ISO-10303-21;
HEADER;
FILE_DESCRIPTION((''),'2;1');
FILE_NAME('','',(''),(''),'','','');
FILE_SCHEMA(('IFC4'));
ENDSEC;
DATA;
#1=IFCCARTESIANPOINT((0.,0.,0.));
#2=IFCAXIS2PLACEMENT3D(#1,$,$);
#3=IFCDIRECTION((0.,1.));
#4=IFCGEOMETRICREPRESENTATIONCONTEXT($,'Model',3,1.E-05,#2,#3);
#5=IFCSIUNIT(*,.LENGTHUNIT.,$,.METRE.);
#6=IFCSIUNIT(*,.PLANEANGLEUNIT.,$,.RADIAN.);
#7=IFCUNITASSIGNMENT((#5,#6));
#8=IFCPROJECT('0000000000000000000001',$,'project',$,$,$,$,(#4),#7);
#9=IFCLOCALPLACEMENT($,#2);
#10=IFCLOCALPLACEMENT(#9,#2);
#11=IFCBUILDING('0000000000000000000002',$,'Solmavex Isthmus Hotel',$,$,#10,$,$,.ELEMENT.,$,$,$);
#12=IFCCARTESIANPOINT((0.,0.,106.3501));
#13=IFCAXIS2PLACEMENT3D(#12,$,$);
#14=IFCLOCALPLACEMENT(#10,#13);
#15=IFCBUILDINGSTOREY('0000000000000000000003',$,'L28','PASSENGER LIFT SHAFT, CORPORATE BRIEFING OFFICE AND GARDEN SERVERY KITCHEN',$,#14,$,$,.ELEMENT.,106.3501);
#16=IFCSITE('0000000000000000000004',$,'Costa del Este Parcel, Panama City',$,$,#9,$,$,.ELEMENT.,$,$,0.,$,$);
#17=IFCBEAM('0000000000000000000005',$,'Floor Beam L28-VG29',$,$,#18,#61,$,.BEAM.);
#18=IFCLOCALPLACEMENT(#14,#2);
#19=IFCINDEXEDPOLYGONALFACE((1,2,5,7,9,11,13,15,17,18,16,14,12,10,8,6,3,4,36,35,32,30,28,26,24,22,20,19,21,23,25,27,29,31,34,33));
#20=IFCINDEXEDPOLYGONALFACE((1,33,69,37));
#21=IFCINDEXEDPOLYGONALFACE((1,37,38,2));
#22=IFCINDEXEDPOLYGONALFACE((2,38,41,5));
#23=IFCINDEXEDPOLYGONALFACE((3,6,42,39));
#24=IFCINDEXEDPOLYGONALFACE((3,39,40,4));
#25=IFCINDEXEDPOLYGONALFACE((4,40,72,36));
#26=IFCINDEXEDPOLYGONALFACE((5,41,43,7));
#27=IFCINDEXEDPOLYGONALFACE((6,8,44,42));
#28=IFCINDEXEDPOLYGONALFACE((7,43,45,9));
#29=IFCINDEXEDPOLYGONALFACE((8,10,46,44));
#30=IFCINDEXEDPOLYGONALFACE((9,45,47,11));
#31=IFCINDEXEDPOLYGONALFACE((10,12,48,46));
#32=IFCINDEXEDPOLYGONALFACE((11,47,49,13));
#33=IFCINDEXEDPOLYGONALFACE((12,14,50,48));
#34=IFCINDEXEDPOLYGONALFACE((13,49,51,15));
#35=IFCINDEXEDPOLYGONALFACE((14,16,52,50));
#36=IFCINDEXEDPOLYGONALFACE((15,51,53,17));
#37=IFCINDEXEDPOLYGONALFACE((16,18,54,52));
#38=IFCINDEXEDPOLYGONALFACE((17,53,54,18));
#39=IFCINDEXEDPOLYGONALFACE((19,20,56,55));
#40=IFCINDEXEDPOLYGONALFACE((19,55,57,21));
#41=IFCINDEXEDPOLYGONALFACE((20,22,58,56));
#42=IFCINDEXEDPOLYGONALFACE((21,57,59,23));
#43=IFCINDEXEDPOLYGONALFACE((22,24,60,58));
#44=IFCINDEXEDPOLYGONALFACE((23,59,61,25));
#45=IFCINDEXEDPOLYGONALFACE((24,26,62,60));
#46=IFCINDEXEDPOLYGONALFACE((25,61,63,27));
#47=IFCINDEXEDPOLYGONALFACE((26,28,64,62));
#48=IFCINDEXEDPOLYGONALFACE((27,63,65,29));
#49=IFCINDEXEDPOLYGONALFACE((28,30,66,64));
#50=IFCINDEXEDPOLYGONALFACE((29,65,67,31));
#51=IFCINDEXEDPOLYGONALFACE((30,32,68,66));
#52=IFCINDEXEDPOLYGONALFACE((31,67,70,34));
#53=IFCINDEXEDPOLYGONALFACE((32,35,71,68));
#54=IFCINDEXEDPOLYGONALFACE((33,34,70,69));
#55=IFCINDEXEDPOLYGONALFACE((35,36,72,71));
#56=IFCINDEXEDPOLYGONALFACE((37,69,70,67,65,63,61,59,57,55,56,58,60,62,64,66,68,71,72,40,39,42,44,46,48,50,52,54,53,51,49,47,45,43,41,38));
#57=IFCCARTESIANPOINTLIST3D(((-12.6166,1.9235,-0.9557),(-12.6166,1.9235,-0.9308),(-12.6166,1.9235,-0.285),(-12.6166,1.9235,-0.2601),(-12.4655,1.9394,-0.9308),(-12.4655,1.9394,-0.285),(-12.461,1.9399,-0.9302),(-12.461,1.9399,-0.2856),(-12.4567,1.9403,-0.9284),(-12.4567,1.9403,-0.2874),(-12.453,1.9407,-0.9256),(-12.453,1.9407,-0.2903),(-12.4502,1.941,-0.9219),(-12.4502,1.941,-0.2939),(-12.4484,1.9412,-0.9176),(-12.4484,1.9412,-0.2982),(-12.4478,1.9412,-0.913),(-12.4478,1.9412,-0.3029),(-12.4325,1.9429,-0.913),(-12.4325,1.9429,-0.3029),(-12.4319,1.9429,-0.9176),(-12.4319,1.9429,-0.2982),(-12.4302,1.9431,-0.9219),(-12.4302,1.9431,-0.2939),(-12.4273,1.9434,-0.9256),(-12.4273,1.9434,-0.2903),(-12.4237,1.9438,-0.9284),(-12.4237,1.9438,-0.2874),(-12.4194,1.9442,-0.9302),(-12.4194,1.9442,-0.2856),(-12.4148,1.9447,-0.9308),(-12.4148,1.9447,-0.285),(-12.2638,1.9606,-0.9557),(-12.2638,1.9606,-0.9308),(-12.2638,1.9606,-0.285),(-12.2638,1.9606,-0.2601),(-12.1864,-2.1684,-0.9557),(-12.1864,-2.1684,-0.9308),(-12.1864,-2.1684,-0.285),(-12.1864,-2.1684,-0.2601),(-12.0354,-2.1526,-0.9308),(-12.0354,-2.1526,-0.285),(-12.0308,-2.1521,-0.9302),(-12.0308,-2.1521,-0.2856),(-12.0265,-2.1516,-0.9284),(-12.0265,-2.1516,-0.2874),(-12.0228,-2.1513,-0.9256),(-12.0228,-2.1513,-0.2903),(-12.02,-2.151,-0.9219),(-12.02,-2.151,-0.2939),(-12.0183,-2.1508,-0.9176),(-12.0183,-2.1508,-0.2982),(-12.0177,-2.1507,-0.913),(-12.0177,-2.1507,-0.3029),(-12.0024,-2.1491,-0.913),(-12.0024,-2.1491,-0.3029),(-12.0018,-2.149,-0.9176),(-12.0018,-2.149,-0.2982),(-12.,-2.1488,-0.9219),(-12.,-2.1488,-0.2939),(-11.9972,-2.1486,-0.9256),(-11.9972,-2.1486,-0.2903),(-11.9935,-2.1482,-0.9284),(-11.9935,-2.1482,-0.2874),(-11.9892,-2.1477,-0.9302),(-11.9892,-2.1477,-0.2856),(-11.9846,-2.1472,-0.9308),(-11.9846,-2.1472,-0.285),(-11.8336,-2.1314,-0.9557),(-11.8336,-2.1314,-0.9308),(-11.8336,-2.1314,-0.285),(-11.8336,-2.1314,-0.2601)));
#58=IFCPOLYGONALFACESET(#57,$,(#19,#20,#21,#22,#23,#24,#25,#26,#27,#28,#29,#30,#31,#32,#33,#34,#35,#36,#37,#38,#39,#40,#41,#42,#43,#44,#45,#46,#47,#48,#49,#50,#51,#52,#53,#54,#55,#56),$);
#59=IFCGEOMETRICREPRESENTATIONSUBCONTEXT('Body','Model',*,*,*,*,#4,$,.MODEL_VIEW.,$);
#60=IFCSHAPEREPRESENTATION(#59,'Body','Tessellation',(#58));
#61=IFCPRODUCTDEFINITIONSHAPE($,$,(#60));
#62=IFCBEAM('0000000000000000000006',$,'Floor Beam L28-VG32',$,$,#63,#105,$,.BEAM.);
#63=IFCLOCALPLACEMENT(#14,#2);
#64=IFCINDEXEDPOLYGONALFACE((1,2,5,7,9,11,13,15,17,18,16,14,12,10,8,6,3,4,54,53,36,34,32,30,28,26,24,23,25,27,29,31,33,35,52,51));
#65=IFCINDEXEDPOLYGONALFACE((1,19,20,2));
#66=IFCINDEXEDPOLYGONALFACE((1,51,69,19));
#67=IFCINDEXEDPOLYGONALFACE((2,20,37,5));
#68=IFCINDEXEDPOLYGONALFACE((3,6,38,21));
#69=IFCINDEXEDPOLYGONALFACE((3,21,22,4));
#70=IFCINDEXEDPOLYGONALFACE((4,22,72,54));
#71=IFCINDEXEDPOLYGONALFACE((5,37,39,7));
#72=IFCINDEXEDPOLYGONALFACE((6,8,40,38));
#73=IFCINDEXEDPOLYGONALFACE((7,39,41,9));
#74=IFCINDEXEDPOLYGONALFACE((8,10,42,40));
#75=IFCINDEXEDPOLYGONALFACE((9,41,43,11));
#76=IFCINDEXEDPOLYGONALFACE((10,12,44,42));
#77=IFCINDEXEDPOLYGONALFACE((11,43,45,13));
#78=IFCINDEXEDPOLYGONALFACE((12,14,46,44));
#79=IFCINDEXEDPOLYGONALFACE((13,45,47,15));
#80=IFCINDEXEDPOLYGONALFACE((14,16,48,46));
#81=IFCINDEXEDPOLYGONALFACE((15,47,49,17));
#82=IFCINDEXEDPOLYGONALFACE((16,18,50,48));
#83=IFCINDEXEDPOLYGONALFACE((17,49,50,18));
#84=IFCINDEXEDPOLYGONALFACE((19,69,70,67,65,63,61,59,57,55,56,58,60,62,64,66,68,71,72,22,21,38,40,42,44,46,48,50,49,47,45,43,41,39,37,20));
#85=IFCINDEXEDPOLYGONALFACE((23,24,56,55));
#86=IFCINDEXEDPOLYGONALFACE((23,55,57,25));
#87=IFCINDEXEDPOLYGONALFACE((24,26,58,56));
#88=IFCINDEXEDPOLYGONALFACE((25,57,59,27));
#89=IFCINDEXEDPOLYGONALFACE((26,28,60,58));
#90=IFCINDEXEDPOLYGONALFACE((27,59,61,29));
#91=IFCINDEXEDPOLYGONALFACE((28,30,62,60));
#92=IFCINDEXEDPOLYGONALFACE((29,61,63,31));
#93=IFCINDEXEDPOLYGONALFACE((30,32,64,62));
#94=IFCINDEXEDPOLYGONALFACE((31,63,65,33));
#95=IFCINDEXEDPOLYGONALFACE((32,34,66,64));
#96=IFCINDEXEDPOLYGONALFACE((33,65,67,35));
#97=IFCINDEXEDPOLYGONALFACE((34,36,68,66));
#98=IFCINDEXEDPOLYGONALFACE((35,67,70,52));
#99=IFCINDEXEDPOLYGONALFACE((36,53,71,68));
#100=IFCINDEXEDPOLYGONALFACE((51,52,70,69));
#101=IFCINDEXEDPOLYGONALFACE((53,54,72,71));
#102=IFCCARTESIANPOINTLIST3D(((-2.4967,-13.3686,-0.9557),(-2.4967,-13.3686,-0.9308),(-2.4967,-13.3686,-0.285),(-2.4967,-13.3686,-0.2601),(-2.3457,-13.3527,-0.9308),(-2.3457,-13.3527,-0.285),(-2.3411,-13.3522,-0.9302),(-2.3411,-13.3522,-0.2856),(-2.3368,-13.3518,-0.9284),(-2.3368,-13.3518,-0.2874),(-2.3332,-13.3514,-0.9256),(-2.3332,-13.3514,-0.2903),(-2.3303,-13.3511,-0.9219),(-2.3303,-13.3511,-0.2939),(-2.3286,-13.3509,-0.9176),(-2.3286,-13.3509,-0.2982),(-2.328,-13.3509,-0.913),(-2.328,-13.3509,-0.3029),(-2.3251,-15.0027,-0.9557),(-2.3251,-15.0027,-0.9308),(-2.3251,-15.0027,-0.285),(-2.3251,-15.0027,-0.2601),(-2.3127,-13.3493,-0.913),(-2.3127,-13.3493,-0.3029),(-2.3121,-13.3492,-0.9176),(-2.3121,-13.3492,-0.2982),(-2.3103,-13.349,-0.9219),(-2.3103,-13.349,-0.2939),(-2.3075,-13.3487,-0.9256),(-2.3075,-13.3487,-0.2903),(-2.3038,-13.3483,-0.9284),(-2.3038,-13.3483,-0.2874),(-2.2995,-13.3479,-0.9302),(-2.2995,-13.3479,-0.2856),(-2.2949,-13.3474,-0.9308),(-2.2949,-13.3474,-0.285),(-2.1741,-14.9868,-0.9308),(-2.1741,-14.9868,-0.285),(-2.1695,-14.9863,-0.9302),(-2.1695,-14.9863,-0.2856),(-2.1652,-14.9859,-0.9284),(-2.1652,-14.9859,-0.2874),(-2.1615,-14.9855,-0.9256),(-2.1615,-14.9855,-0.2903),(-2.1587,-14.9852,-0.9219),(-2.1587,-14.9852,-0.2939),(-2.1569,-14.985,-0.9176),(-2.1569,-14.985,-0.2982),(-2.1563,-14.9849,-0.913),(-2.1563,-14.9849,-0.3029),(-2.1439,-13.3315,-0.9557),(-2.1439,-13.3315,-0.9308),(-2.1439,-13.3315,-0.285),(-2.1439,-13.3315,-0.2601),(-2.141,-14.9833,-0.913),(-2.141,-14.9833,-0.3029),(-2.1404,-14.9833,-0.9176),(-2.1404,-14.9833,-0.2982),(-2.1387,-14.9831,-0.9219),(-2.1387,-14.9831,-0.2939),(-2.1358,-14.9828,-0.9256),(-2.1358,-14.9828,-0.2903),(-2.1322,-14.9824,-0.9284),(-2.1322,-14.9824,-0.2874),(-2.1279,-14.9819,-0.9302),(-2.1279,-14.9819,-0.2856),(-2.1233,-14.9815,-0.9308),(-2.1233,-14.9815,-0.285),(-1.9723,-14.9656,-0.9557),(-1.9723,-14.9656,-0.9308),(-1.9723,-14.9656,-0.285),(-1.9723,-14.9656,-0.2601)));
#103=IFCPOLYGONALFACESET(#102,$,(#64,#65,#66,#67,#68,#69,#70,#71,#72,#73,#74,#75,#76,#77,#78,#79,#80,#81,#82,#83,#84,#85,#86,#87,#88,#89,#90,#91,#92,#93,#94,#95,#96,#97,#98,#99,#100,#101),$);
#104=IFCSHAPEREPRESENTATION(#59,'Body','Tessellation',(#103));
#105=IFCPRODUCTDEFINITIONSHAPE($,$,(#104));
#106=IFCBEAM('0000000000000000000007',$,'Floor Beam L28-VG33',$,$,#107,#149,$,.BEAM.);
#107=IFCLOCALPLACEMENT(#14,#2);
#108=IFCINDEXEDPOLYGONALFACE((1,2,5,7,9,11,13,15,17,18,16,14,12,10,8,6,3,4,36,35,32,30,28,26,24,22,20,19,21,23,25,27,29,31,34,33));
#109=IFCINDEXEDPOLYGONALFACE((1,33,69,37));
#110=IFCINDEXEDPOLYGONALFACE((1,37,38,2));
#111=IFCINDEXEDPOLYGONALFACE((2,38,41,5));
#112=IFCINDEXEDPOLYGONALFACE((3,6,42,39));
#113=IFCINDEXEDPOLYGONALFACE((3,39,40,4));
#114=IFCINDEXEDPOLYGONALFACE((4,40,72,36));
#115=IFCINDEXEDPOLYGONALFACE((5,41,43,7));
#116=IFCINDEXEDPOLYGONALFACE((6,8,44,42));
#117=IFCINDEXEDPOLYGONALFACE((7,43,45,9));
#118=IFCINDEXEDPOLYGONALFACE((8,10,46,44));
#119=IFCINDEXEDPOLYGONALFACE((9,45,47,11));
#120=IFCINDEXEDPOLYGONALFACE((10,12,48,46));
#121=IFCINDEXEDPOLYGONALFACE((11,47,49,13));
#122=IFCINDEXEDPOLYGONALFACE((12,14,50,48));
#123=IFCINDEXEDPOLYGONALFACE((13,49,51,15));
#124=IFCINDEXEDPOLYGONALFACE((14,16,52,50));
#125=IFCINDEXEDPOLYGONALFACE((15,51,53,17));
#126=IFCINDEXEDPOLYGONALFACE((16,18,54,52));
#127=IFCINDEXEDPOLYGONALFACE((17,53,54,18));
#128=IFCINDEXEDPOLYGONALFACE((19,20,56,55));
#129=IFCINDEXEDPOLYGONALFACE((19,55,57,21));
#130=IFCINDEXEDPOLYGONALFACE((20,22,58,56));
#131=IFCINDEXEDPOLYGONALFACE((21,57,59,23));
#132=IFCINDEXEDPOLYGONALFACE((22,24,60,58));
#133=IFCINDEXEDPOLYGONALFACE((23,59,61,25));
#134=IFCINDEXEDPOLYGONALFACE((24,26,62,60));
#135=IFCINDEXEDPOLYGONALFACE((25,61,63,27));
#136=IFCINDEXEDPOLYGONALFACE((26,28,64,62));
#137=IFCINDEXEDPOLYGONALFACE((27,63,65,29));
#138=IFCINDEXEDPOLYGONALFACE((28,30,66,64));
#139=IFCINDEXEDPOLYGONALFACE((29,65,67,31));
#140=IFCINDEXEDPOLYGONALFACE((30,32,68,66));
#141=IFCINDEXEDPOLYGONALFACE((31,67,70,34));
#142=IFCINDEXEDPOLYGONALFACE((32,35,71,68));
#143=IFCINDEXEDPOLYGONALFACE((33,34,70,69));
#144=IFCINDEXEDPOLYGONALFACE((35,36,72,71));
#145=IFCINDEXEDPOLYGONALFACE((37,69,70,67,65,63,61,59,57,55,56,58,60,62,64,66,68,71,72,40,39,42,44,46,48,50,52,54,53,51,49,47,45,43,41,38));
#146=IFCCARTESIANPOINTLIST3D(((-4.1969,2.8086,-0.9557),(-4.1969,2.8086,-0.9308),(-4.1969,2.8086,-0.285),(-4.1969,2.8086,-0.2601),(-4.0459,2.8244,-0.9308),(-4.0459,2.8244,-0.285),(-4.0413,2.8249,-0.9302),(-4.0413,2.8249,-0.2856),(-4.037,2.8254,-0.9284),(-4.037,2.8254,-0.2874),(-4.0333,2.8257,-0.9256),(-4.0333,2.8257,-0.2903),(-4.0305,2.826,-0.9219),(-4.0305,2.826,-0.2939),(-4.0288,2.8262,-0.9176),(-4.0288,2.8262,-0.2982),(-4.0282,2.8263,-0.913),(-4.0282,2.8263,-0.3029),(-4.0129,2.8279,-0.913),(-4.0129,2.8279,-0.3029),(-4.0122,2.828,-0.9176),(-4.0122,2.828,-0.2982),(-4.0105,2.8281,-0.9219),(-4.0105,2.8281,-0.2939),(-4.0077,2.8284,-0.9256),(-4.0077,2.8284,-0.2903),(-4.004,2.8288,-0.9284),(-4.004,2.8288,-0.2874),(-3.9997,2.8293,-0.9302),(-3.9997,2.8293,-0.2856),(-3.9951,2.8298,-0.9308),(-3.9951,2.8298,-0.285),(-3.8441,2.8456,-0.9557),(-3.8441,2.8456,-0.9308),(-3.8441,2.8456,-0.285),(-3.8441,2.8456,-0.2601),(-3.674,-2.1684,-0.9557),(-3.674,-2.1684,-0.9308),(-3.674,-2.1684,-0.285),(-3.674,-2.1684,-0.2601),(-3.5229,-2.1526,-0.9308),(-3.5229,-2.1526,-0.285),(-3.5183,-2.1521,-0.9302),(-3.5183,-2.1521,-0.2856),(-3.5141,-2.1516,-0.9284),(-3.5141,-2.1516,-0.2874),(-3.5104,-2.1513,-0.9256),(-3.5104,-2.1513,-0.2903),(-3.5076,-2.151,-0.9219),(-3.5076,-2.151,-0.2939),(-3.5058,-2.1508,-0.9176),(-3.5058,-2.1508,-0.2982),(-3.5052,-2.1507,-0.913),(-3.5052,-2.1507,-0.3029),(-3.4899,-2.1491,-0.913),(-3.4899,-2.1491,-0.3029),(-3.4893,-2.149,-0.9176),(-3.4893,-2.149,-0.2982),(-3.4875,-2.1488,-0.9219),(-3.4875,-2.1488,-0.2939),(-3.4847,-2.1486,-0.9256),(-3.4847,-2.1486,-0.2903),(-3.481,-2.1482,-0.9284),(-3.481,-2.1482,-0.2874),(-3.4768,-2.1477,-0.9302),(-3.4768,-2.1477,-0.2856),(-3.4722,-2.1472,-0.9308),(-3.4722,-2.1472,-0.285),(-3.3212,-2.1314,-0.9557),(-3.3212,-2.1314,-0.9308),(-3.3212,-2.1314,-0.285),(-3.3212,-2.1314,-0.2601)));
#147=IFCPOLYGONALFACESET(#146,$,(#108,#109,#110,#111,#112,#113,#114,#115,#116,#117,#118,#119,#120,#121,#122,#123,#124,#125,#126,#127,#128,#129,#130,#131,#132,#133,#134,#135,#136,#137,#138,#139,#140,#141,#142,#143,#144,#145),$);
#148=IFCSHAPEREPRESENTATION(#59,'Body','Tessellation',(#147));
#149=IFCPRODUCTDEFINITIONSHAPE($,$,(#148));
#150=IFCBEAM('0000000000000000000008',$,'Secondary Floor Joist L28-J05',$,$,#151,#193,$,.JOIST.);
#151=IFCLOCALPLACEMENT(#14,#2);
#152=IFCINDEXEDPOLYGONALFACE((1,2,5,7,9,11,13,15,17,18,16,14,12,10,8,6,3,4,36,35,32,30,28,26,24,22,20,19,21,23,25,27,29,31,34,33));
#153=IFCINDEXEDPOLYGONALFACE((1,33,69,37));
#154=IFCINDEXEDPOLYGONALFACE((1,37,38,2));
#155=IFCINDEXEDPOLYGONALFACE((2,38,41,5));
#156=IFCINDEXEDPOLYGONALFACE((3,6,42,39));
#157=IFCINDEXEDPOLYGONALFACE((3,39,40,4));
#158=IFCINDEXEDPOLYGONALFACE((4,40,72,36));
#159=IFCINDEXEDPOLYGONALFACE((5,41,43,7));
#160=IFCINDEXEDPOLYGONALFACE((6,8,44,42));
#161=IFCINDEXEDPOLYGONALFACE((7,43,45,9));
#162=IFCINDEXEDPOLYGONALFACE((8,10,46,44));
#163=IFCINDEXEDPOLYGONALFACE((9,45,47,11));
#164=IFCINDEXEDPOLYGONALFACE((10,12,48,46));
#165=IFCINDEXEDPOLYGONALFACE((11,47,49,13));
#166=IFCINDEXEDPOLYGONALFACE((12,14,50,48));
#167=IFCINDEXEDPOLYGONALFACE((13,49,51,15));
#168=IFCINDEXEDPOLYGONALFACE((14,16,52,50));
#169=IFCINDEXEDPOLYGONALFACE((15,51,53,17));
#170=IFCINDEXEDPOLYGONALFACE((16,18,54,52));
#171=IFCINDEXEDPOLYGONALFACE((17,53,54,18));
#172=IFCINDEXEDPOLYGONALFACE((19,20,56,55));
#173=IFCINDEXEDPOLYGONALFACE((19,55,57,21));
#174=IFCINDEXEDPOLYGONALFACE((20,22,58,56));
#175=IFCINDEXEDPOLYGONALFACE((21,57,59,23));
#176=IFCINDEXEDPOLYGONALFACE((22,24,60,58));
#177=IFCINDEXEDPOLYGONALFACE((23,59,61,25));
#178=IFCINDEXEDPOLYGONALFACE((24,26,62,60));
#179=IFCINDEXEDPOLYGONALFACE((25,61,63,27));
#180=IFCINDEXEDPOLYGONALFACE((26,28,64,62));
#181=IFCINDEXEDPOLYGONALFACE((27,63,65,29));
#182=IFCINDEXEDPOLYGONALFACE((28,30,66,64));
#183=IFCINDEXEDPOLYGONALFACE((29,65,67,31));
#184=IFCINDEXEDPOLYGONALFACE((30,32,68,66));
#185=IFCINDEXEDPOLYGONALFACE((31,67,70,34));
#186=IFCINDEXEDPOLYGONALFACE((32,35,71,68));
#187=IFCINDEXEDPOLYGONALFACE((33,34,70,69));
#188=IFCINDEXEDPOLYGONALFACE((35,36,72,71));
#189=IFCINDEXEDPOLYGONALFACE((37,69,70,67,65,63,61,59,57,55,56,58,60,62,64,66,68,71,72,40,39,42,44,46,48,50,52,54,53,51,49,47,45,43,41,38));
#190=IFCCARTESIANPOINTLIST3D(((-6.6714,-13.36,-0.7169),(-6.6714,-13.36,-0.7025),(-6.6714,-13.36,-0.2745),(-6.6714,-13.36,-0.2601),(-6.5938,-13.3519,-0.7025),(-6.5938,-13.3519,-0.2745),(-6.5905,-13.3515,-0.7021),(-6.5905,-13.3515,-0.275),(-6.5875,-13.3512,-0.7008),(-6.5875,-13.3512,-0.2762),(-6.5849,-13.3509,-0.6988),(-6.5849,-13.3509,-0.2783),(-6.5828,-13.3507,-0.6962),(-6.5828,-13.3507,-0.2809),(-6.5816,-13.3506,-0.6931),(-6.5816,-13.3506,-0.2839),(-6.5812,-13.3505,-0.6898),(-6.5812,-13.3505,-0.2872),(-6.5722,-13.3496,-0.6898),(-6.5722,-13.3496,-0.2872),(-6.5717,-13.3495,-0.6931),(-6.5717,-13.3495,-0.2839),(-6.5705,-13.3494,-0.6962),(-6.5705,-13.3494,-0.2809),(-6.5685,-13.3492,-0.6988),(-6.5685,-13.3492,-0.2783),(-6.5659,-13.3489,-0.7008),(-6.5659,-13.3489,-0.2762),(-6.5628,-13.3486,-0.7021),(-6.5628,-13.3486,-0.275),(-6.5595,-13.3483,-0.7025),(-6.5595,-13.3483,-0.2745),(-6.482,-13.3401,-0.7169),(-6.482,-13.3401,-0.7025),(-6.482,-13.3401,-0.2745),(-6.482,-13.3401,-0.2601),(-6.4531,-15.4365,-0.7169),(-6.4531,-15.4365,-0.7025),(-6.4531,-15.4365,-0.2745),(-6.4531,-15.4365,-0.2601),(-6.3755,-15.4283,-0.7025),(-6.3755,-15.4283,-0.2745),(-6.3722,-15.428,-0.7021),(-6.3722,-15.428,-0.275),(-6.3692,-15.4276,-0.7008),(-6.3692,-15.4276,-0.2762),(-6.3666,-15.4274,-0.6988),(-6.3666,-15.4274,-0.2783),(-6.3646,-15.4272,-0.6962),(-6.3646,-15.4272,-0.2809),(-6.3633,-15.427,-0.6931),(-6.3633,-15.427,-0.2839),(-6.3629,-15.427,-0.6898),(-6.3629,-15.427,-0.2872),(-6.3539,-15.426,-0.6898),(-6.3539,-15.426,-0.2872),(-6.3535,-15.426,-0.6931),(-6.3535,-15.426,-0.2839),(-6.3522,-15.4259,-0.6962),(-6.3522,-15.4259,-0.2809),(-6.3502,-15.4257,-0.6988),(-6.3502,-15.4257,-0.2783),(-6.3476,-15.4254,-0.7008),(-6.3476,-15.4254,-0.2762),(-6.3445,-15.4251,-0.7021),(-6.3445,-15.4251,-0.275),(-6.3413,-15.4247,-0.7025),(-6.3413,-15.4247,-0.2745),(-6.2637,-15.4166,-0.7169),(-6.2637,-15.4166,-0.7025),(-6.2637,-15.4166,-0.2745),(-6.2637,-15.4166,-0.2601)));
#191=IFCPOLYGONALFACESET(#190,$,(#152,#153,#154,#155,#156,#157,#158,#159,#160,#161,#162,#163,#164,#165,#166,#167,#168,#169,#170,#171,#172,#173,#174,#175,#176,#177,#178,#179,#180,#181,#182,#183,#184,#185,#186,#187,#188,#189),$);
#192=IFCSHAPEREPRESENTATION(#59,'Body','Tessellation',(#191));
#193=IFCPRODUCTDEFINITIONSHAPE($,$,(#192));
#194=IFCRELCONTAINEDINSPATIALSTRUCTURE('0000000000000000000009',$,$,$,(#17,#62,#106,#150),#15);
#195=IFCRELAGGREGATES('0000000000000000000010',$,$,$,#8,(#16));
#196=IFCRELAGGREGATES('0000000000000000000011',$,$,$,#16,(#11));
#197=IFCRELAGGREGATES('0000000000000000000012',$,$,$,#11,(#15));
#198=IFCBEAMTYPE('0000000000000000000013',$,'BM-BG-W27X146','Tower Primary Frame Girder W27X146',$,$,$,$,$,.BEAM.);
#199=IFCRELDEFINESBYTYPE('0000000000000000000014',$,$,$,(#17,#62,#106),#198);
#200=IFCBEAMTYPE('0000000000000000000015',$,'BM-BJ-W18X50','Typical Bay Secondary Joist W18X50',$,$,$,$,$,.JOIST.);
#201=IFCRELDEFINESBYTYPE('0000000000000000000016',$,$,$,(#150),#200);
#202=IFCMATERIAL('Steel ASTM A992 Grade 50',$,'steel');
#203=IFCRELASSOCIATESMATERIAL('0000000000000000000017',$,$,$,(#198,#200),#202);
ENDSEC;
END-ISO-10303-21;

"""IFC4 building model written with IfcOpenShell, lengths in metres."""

from ifc_helpers import new_model, si_unit, direction, frame, origin, origin_2d, place, context, subcontext, project, spatial, i_section, extrude, material, material_profile, profile_set, type_object, element, save


model = new_model("IFC4")

# Units and contexts
model_context = context("Model", 3, precision=1e-05, world=origin(), true_north=direction((0.0, 1.0)))
body_context = subcontext(model_context, "Body", "Model", "MODEL_VIEW")
ifc_project = project(units=[si_unit("LENGTHUNIT", "METRE"), si_unit("PLANEANGLEUNIT", "RADIAN")], contexts=[model_context])

# Site, building, storey
site_placement = place(None, origin())
site = spatial("IfcSite", under=ifc_project, at=site_placement, Name="Costa del Este Parcel, Panama City", CompositionType="ELEMENT", RefElevation=0.0)
building_placement = place(site_placement, origin())
building = spatial("IfcBuilding", under=site, at=building_placement, Name="Solmavex Isthmus Hotel", CompositionType="ELEMENT")
storey_placement = place(building_placement, frame((0.0, 0.0, 106.3501)))
storey = spatial("IfcBuildingStorey", under=building, at=storey_placement, Name="L28", Description="PASSENGER LIFT SHAFT, CORPORATE BRIEFING OFFICE AND GARDEN SERVERY KITCHEN", CompositionType="ELEMENT", Elevation=106.3501)

# Beams
ifc_material_1 = material(Name="Steel ASTM A992 Grade 50", Category="steel")
ifc_material_profile_1 = material_profile(ifc_material_1, i_section(OverallWidth=0.3547, OverallDepth=0.6956, WebThickness=0.0154, FlangeThickness=0.0249, FilletRadius=0.0178, at=origin_2d()), Name="W27X146")
ifc_profile_set_1 = profile_set([ifc_material_profile_1], Name="Steel ASTM A992 Grade 50")
beam_type_1 = type_object("IfcBeamType", Name="BM-BG-W27X146", Description="Tower Primary Frame Girder W27X146", PredefinedType="BEAM", material=ifc_profile_set_1)
beam_1_placement = place(storey_placement, frame((-12.01, -2.1499, -0.6079), z_axis=(-0.104549, 0.99452, 0.0), x_axis=(-0.99452, -0.104549, 0.0)))
element("IfcBeam", 1, at=beam_1_placement, inside=storey, type_object=beam_type_1, Name="Floor Beam L28-VG29", PredefinedType="BEAM", context=body_context, shape_type="SweptSolid", body=[
    extrude(i_section(OverallWidth=0.3547, OverallDepth=0.6956, WebThickness=0.0154, FlangeThickness=0.0249, FilletRadius=0.0178, at=origin_2d()), origin(), (0.0, 0.0, 1.0), 4.1145),
])
beam_2_placement = place(storey_placement, frame((-2.1487, -14.9841, -0.6079), z_axis=(-0.10446, 0.994529, 0.0), x_axis=(-0.994529, -0.10446, 0.0)))
element("IfcBeam", 2, at=beam_2_placement, inside=storey, type_object=beam_type_1, Name="Floor Beam L28-VG32", PredefinedType="BEAM", context=body_context, shape_type="SweptSolid", body=[
    extrude(i_section(OverallWidth=0.3547, OverallDepth=0.6956, WebThickness=0.0154, FlangeThickness=0.0249, FilletRadius=0.0178, at=origin_2d()), origin(), (0.0, 0.0, 1.0), 1.6431),
])
beam_3_placement = place(storey_placement, frame((-3.4976, -2.1499, -0.6079), z_axis=(-0.104497, 0.994525, 0.0), x_axis=(-0.994525, -0.104497, 0.0)))
element("IfcBeam", 3, at=beam_3_placement, inside=storey, type_object=beam_type_1, Name="Floor Beam L28-VG33", PredefinedType="BEAM", context=body_context, shape_type="SweptSolid", body=[
    extrude(i_section(OverallWidth=0.3547, OverallDepth=0.6956, WebThickness=0.0154, FlangeThickness=0.0249, FilletRadius=0.0178, at=origin_2d()), origin(), (0.0, 0.0, 1.0), 5.0044),
])
ifc_material_profile_2 = material_profile(ifc_material_1, i_section(OverallWidth=0.1904, OverallDepth=0.4568, WebThickness=0.009, FlangeThickness=0.0144, FilletRadius=0.0127, at=origin_2d()), Name="W18X50")
ifc_profile_set_2 = profile_set([ifc_material_profile_2], Name="Steel ASTM A992 Grade 50")
beam_type_2 = type_object("IfcBeamType", Name="BM-BJ-W18X50", Description="Typical Bay Secondary Joist W18X50", PredefinedType="JOIST", material=ifc_profile_set_2)
beam_4_placement = place(storey_placement, frame((-6.3584, -15.4265, -0.4885), z_axis=(-0.104539, 0.994521, 0.0), x_axis=(-0.994521, -0.104539, 0.0)))
element("IfcBeam", 4, at=beam_4_placement, inside=storey, type_object=beam_type_2, Name="Secondary Floor Joist L28-J05", PredefinedType="JOIST", context=body_context, shape_type="SweptSolid", body=[
    extrude(i_section(OverallWidth=0.1904, OverallDepth=0.4568, WebThickness=0.009, FlangeThickness=0.0144, FilletRadius=0.0127, at=origin_2d()), origin(), (0.0, 0.0, 1.0), 2.0879),
])

save(model, "model.ifc")
